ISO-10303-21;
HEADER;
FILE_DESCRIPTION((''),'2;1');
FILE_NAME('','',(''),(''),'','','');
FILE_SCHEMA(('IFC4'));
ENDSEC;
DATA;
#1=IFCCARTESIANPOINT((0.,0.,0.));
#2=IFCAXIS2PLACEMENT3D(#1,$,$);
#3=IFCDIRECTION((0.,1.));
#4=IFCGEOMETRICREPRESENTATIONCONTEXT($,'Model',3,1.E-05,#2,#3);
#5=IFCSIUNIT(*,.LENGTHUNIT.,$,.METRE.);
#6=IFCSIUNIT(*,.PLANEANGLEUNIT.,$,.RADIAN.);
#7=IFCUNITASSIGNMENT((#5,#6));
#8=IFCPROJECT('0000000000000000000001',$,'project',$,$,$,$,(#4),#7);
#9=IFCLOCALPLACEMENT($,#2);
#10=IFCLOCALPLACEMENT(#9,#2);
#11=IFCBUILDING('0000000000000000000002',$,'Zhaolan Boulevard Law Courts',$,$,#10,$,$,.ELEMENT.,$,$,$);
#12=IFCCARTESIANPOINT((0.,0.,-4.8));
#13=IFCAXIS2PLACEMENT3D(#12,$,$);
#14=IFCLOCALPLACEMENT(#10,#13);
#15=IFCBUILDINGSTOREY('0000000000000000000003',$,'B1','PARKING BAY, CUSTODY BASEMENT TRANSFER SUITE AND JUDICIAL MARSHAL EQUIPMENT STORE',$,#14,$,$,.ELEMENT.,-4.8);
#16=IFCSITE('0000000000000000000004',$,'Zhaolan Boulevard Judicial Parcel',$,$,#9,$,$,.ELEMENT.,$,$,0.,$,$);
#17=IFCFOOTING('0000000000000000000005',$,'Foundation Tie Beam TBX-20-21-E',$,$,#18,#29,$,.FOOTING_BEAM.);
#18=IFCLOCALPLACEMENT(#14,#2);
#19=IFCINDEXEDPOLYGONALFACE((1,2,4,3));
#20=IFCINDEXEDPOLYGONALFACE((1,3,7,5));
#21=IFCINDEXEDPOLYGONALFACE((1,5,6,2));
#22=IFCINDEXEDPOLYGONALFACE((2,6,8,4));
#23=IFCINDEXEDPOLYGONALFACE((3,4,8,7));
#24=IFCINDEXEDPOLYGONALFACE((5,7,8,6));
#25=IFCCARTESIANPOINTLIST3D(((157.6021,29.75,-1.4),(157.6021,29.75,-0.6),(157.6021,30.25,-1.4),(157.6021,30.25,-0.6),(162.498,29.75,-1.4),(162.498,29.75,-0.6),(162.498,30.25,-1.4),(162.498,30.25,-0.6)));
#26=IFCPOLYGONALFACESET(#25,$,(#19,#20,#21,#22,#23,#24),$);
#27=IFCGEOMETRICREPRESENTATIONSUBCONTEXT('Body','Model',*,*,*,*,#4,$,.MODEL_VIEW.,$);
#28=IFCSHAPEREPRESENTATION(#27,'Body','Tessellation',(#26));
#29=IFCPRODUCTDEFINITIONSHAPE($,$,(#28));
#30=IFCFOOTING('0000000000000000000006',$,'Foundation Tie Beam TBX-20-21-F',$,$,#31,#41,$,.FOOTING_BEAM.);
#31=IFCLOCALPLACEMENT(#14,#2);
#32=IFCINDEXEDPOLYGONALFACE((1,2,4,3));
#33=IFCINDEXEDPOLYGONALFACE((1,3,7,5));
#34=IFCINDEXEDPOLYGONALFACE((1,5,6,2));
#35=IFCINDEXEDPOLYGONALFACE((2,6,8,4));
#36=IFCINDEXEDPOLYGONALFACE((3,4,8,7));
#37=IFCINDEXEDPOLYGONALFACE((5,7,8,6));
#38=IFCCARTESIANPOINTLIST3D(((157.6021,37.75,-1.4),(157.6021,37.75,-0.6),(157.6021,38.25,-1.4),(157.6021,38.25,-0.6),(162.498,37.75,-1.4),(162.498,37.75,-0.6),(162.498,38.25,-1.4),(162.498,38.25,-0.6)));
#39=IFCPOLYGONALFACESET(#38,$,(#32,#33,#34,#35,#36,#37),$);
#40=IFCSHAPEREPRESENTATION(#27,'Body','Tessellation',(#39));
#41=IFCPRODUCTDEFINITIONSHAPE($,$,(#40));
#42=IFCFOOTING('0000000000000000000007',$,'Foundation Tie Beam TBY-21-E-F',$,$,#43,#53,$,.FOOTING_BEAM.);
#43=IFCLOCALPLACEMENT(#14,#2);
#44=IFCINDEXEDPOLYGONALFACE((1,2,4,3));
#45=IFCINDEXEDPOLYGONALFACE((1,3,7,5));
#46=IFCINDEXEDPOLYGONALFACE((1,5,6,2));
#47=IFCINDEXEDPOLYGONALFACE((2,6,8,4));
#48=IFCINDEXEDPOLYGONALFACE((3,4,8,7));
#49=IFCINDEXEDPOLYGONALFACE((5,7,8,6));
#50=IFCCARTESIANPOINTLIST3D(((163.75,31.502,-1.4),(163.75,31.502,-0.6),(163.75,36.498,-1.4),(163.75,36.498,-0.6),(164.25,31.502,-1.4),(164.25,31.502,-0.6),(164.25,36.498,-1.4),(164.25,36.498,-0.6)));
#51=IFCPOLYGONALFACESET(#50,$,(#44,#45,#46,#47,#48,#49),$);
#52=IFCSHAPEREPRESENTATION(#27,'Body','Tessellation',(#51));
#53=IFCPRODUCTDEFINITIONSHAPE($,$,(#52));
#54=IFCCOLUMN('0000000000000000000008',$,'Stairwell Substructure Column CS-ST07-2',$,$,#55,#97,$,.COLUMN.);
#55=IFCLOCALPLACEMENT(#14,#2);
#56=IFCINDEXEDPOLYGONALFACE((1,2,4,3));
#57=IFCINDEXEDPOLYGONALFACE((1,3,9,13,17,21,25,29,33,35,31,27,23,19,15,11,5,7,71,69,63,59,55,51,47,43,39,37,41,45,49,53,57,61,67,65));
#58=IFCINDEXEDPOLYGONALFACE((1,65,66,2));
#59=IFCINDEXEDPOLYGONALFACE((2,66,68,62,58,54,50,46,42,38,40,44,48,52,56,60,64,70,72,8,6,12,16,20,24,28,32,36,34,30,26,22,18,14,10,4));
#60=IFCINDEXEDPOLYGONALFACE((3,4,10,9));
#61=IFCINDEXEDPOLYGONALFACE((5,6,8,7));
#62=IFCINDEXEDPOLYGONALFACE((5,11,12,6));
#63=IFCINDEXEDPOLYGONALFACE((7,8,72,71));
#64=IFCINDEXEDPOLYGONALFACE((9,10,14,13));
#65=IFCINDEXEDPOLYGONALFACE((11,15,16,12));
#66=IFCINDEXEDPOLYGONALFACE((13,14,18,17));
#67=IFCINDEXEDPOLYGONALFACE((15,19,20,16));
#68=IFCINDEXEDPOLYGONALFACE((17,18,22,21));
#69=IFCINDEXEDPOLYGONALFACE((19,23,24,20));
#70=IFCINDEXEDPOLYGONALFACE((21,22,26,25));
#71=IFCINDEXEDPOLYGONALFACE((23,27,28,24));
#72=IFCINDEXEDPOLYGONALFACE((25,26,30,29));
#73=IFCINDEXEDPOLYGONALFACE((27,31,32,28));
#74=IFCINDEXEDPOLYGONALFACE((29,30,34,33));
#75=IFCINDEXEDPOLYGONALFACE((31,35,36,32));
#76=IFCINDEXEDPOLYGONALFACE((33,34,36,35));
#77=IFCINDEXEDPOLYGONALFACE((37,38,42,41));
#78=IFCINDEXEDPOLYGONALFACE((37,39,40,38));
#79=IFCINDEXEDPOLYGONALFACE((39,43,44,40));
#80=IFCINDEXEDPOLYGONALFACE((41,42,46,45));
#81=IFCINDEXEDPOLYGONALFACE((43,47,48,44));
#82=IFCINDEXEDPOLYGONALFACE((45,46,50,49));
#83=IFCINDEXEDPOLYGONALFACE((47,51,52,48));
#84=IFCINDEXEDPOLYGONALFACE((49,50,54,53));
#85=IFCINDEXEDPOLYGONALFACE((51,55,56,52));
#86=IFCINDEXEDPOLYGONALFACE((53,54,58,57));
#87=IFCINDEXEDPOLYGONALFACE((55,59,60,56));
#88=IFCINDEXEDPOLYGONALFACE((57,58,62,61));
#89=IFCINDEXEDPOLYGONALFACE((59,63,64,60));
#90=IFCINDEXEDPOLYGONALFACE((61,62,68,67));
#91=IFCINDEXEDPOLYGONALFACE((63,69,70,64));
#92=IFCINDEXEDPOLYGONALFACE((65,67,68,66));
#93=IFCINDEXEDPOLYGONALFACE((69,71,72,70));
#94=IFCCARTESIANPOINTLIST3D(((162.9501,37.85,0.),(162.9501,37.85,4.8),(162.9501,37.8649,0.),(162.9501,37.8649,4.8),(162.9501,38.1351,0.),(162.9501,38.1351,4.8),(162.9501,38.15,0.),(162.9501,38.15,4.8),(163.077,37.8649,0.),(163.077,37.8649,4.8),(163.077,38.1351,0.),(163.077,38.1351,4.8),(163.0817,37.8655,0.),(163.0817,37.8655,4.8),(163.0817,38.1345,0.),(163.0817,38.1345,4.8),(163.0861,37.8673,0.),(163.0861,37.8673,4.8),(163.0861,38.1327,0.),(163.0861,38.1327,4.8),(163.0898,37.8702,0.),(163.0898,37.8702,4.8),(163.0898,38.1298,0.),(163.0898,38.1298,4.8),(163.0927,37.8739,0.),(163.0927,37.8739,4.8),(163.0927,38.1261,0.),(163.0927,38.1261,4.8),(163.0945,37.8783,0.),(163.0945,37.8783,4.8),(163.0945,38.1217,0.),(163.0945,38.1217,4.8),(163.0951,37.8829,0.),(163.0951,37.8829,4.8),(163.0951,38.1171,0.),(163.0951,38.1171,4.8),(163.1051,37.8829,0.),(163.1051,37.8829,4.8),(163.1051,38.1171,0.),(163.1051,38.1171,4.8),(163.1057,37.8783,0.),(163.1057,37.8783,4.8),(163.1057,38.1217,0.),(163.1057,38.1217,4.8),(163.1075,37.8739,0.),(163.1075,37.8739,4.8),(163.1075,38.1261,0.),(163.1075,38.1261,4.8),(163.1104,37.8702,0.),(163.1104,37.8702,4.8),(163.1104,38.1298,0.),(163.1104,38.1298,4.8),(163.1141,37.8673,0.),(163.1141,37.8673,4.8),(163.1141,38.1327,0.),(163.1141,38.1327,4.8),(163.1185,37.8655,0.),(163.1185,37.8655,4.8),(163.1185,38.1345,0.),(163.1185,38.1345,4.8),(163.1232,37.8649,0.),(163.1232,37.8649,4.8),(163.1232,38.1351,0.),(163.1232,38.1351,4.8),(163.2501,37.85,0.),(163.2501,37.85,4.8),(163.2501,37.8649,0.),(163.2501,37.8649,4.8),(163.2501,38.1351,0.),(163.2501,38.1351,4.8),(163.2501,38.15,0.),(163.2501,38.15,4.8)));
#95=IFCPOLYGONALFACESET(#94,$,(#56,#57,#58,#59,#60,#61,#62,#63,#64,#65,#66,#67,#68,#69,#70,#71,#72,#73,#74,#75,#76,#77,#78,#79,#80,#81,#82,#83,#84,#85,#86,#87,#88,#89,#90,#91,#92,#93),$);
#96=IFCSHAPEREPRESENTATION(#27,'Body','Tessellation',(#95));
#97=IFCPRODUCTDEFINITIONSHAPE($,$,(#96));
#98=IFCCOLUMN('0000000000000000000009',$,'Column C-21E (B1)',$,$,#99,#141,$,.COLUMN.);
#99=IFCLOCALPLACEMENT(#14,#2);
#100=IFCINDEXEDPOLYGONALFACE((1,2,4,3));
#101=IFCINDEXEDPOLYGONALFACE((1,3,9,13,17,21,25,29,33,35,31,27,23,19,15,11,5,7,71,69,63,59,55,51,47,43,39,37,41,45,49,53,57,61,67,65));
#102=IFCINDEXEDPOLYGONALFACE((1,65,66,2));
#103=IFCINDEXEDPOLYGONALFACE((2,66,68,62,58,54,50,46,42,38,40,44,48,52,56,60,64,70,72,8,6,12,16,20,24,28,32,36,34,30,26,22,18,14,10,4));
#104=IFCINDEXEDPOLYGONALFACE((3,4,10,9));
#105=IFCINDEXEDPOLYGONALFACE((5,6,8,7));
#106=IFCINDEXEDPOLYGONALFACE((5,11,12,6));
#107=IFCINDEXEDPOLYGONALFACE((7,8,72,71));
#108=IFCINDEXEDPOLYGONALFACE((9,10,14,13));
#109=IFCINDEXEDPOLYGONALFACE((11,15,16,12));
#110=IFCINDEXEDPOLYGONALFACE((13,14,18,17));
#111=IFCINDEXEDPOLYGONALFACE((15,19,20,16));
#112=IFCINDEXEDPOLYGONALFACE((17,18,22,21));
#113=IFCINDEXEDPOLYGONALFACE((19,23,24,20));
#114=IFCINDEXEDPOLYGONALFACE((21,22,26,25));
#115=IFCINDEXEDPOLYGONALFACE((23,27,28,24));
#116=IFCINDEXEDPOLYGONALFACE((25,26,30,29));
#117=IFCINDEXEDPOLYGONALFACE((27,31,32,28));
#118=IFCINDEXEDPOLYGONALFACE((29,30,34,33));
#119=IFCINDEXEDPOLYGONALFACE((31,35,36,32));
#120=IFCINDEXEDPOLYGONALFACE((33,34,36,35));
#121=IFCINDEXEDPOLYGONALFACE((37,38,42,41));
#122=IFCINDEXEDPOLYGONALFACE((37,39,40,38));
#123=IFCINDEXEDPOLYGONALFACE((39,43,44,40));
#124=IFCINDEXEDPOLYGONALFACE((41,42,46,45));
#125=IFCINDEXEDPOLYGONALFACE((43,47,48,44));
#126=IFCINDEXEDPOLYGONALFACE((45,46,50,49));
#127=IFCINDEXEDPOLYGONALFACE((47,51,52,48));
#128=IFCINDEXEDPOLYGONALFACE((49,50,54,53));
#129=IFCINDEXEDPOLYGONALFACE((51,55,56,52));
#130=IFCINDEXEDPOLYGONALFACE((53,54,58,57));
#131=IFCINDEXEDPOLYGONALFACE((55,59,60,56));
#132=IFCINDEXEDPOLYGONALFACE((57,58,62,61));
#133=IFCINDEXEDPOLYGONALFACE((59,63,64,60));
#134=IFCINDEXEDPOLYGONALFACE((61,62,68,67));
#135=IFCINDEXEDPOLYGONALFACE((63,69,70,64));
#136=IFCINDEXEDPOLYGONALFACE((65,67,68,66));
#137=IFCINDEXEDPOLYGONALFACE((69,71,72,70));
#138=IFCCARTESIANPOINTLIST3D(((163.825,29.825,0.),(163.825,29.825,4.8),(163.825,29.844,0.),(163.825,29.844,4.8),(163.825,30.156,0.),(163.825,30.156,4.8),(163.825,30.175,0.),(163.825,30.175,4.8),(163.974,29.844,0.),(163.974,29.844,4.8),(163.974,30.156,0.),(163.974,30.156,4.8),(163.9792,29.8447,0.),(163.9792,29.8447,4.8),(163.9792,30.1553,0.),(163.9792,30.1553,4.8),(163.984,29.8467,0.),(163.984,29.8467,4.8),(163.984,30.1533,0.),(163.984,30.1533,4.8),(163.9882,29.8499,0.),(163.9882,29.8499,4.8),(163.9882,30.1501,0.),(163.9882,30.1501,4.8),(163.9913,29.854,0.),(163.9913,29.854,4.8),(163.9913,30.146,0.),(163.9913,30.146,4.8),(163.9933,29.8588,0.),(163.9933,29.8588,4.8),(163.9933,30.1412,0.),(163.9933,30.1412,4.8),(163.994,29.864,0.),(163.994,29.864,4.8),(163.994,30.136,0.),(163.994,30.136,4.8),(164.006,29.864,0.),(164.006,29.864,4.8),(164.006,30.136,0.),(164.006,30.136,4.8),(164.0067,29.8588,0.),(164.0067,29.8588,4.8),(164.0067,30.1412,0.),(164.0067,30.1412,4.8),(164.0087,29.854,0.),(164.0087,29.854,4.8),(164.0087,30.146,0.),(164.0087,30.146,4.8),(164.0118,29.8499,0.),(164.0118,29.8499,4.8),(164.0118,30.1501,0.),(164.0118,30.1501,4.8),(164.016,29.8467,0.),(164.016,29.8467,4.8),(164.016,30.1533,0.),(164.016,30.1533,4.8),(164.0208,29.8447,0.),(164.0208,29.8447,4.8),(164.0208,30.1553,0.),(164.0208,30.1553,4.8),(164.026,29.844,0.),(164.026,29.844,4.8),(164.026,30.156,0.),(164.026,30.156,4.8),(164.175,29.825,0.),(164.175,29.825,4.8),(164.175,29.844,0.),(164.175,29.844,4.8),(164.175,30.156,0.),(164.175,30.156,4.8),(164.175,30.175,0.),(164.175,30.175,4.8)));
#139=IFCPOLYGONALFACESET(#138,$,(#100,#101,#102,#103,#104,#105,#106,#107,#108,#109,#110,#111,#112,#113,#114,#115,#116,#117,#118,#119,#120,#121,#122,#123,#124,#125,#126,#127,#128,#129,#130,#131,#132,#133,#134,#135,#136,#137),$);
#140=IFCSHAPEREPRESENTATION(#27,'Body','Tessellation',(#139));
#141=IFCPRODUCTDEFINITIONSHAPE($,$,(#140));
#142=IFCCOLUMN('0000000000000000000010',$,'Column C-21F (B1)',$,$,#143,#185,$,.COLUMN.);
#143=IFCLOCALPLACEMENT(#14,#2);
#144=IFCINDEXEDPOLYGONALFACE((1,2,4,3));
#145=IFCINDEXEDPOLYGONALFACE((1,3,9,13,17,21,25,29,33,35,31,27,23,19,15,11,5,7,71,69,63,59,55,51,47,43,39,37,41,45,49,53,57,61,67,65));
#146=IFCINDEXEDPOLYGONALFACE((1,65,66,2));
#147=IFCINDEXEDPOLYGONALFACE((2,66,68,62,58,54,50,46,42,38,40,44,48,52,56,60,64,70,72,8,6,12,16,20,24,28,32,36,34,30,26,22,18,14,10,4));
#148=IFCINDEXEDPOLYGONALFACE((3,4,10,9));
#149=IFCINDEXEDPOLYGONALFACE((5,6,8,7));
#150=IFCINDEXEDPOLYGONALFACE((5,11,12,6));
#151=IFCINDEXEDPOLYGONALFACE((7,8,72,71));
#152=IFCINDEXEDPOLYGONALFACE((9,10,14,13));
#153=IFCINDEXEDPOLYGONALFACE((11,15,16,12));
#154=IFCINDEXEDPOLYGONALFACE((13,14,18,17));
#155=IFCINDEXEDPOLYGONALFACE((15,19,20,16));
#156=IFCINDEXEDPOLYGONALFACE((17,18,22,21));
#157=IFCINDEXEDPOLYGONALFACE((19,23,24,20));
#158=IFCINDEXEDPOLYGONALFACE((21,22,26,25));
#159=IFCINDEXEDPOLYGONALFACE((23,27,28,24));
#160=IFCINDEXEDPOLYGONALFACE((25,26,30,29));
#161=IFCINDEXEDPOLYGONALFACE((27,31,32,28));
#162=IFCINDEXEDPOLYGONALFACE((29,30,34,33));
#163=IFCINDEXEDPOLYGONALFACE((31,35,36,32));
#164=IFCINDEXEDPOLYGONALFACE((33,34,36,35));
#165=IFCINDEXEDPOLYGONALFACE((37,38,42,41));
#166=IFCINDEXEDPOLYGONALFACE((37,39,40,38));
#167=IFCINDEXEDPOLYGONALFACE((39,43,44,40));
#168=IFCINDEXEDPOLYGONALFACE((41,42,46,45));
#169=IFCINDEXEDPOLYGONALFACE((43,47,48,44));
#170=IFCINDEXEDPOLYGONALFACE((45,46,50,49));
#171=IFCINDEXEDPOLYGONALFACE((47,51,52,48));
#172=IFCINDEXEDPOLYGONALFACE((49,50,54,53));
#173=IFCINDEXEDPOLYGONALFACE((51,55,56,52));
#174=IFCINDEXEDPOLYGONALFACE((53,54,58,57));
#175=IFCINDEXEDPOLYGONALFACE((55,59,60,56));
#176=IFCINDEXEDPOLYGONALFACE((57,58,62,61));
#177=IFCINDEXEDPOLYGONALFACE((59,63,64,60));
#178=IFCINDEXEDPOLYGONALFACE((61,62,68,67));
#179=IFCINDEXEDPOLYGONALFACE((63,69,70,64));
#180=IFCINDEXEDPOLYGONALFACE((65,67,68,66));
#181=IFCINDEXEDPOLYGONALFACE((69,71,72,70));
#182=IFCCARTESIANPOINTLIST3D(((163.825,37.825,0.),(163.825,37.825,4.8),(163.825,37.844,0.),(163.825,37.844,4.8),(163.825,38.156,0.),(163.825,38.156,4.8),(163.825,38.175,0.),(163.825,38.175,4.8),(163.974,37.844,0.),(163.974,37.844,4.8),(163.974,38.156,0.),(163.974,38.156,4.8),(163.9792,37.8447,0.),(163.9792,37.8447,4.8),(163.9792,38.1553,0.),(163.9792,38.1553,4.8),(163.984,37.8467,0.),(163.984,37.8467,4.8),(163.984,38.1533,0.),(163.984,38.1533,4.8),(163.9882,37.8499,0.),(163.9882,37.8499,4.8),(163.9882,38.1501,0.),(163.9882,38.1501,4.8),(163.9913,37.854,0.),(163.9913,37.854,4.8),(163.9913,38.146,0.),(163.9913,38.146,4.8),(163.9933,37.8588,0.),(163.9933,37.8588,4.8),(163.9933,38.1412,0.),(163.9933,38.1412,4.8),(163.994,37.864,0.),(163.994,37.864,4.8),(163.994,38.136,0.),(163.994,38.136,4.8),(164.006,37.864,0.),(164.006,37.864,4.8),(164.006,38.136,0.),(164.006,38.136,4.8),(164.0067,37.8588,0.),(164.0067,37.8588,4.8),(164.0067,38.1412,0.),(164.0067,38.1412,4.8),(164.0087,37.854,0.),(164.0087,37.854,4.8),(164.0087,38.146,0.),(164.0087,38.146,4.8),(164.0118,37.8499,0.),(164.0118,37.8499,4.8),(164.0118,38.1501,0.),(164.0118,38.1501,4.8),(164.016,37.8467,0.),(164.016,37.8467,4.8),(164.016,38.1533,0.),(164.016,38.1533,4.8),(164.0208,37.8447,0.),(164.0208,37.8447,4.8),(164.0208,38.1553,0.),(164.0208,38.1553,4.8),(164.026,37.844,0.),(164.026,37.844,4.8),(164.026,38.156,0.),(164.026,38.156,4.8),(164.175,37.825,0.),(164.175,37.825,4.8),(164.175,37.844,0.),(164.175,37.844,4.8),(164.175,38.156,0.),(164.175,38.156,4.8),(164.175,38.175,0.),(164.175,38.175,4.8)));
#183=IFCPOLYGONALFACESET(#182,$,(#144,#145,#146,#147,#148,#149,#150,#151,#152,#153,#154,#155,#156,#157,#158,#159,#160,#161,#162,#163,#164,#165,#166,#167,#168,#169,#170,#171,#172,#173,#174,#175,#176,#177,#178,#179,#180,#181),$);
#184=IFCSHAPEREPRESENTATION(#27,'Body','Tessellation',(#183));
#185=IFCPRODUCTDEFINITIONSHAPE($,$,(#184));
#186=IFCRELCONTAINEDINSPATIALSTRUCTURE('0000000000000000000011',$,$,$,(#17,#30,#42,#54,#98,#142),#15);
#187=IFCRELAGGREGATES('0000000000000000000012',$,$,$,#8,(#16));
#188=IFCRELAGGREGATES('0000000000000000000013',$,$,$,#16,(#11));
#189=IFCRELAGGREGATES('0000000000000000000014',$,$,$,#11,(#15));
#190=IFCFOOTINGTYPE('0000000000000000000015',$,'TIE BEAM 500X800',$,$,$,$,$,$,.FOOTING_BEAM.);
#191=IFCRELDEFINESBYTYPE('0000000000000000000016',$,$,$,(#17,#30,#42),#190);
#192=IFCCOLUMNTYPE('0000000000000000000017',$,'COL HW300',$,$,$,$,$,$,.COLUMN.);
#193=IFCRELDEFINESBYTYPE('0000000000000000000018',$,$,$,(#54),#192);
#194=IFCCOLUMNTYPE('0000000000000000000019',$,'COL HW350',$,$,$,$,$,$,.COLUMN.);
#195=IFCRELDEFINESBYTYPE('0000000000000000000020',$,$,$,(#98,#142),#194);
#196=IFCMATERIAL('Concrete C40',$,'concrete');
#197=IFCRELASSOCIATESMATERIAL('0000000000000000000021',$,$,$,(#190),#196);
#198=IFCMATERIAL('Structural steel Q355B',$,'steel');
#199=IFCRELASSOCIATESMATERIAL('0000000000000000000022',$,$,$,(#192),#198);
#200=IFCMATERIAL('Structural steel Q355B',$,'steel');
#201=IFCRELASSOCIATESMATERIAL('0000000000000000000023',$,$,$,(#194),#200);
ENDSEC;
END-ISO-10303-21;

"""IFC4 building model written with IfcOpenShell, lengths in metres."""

from ifc_helpers import new_model, si_unit, direction, frame, origin, origin_2d, place, context, subcontext, project, spatial, rectangle, i_section, extrude, material, material_profile, profile_set, type_object, element, save


model = new_model("IFC4")

# Units and contexts
model_context = context("Model", 3, precision=1e-05, world=origin(), true_north=direction((0.0, 1.0)))
body_context = subcontext(model_context, "Body", "Model", "MODEL_VIEW")
ifc_project = project(units=[si_unit("LENGTHUNIT", "METRE"), si_unit("PLANEANGLEUNIT", "RADIAN")], contexts=[model_context])

# Site, building, storey
site_placement = place(None, origin())
site = spatial("IfcSite", under=ifc_project, at=site_placement, Name="Zhaolan Boulevard Judicial Parcel", CompositionType="ELEMENT", RefElevation=0.0)
building_placement = place(site_placement, origin())
building = spatial("IfcBuilding", under=site, at=building_placement, Name="Zhaolan Boulevard Law Courts", CompositionType="ELEMENT")
storey_placement = place(building_placement, frame((0.0, 0.0, -4.8)))
storey = spatial("IfcBuildingStorey", under=building, at=storey_placement, Name="B1", Description="PARKING BAY, CUSTODY BASEMENT TRANSFER SUITE AND JUDICIAL MARSHAL EQUIPMENT STORE", CompositionType="ELEMENT", Elevation=-4.8)

# Footings
ifc_material_1 = material(Name="Concrete C40", Category="concrete")
ifc_material_profile_1 = material_profile(ifc_material_1, rectangle(XDim=0.5, YDim=0.8, at=origin_2d()), Name="RC500x800")
ifc_profile_set_1 = profile_set([ifc_material_profile_1], Name="Concrete C40")
footing_type_1 = type_object("IfcFootingType", Name="TIE BEAM 500X800", PredefinedType="FOOTING_BEAM", material=ifc_profile_set_1)
for number, where, z_axis, x_axis, name in (
    (1, (157.6021, 30.0, -1.0), (1.0, 0.0, 0.0), (0.0, 1.0, 0.0), "Foundation Tie Beam TBX-20-21-E"),
    (2, (157.6021, 38.0, -1.0), (1.0, 0.0, 0.0), (0.0, 1.0, 0.0), "Foundation Tie Beam TBX-20-21-F"),
):
    element("IfcFooting", number, at=place(storey_placement, frame(where, z_axis=z_axis, x_axis=x_axis)), inside=storey, type_object=footing_type_1, Name=name, PredefinedType="FOOTING_BEAM", context=body_context, shape_type="SweptSolid", body=[
        extrude(rectangle(XDim=0.5, YDim=0.8, at=origin_2d()), origin(), (0.0, 0.0, 1.0), 4.896),
    ])
footing_placement = place(storey_placement, frame((164.0, 31.502, -1.0), z_axis=(0.0, 1.0, 0.0), x_axis=(-1.0, 0.0, 0.0)))
element("IfcFooting", 3, at=footing_placement, inside=storey, type_object=footing_type_1, Name="Foundation Tie Beam TBY-21-E-F", PredefinedType="FOOTING_BEAM", context=body_context, shape_type="SweptSolid", body=[
    extrude(rectangle(XDim=0.5, YDim=0.8, at=origin_2d()), origin(), (0.0, 0.0, 1.0), 4.9961),
])

# Columns
ifc_material_2 = material(Name="Structural steel Q355B", Category="steel")
ifc_material_profile_2 = material_profile(ifc_material_2, i_section(OverallWidth=0.3, OverallDepth=0.3, WebThickness=0.01, FlangeThickness=0.0149, FilletRadius=0.0181, at=origin_2d()), Name="HW300x300")
ifc_profile_set_2 = profile_set([ifc_material_profile_2], Name="Structural steel Q355B")
column_type_1 = type_object("IfcColumnType", Name="COL HW300", PredefinedType="COLUMN", material=ifc_profile_set_2)
column_placement = place(storey_placement, frame((163.1001, 38.0, 0.0), z_axis=(0.0, 0.0, 1.0), x_axis=(1.0, 0.0, 0.0)))
element("IfcColumn", 4, at=column_placement, inside=storey, type_object=column_type_1, Name="Stairwell Substructure Column CS-ST07-2", PredefinedType="COLUMN", context=body_context, shape_type="SweptSolid", body=[
    extrude(i_section(OverallWidth=0.3, OverallDepth=0.3, WebThickness=0.01, FlangeThickness=0.0149, FilletRadius=0.0181, at=origin_2d()), origin(), (0.0, 0.0, 1.0), 4.8),
])
ifc_material_3 = material(Name="Structural steel Q355B", Category="steel")
ifc_material_profile_3 = material_profile(ifc_material_3, i_section(OverallWidth=0.3501, OverallDepth=0.3501, WebThickness=0.012, FlangeThickness=0.019, FilletRadius=0.02, at=origin_2d()), Name="HW350x350")
ifc_profile_set_3 = profile_set([ifc_material_profile_3], Name="Structural steel Q355B")
column_type_2 = type_object("IfcColumnType", Name="COL HW350", PredefinedType="COLUMN", material=ifc_profile_set_3)
for number, where, z_axis, x_axis, name in (
    (5, (164.0, 30.0, 0.0), (0.0, 0.0, 1.0), (1.0, 0.0, 0.0), "Column C-21E (B1)"),
    (6, (164.0, 38.0, 0.0), (0.0, 0.0, 1.0), (1.0, 0.0, 0.0), "Column C-21F (B1)"),
):
    element("IfcColumn", number, at=place(storey_placement, frame(where, z_axis=z_axis, x_axis=x_axis)), inside=storey, type_object=column_type_2, Name=name, PredefinedType="COLUMN", context=body_context, shape_type="SweptSolid", body=[
        extrude(i_section(OverallWidth=0.3501, OverallDepth=0.3501, WebThickness=0.012, FlangeThickness=0.019, FilletRadius=0.02, at=origin_2d()), origin(), (0.0, 0.0, 1.0), 4.8),
    ])

save(model, "model.ifc")
